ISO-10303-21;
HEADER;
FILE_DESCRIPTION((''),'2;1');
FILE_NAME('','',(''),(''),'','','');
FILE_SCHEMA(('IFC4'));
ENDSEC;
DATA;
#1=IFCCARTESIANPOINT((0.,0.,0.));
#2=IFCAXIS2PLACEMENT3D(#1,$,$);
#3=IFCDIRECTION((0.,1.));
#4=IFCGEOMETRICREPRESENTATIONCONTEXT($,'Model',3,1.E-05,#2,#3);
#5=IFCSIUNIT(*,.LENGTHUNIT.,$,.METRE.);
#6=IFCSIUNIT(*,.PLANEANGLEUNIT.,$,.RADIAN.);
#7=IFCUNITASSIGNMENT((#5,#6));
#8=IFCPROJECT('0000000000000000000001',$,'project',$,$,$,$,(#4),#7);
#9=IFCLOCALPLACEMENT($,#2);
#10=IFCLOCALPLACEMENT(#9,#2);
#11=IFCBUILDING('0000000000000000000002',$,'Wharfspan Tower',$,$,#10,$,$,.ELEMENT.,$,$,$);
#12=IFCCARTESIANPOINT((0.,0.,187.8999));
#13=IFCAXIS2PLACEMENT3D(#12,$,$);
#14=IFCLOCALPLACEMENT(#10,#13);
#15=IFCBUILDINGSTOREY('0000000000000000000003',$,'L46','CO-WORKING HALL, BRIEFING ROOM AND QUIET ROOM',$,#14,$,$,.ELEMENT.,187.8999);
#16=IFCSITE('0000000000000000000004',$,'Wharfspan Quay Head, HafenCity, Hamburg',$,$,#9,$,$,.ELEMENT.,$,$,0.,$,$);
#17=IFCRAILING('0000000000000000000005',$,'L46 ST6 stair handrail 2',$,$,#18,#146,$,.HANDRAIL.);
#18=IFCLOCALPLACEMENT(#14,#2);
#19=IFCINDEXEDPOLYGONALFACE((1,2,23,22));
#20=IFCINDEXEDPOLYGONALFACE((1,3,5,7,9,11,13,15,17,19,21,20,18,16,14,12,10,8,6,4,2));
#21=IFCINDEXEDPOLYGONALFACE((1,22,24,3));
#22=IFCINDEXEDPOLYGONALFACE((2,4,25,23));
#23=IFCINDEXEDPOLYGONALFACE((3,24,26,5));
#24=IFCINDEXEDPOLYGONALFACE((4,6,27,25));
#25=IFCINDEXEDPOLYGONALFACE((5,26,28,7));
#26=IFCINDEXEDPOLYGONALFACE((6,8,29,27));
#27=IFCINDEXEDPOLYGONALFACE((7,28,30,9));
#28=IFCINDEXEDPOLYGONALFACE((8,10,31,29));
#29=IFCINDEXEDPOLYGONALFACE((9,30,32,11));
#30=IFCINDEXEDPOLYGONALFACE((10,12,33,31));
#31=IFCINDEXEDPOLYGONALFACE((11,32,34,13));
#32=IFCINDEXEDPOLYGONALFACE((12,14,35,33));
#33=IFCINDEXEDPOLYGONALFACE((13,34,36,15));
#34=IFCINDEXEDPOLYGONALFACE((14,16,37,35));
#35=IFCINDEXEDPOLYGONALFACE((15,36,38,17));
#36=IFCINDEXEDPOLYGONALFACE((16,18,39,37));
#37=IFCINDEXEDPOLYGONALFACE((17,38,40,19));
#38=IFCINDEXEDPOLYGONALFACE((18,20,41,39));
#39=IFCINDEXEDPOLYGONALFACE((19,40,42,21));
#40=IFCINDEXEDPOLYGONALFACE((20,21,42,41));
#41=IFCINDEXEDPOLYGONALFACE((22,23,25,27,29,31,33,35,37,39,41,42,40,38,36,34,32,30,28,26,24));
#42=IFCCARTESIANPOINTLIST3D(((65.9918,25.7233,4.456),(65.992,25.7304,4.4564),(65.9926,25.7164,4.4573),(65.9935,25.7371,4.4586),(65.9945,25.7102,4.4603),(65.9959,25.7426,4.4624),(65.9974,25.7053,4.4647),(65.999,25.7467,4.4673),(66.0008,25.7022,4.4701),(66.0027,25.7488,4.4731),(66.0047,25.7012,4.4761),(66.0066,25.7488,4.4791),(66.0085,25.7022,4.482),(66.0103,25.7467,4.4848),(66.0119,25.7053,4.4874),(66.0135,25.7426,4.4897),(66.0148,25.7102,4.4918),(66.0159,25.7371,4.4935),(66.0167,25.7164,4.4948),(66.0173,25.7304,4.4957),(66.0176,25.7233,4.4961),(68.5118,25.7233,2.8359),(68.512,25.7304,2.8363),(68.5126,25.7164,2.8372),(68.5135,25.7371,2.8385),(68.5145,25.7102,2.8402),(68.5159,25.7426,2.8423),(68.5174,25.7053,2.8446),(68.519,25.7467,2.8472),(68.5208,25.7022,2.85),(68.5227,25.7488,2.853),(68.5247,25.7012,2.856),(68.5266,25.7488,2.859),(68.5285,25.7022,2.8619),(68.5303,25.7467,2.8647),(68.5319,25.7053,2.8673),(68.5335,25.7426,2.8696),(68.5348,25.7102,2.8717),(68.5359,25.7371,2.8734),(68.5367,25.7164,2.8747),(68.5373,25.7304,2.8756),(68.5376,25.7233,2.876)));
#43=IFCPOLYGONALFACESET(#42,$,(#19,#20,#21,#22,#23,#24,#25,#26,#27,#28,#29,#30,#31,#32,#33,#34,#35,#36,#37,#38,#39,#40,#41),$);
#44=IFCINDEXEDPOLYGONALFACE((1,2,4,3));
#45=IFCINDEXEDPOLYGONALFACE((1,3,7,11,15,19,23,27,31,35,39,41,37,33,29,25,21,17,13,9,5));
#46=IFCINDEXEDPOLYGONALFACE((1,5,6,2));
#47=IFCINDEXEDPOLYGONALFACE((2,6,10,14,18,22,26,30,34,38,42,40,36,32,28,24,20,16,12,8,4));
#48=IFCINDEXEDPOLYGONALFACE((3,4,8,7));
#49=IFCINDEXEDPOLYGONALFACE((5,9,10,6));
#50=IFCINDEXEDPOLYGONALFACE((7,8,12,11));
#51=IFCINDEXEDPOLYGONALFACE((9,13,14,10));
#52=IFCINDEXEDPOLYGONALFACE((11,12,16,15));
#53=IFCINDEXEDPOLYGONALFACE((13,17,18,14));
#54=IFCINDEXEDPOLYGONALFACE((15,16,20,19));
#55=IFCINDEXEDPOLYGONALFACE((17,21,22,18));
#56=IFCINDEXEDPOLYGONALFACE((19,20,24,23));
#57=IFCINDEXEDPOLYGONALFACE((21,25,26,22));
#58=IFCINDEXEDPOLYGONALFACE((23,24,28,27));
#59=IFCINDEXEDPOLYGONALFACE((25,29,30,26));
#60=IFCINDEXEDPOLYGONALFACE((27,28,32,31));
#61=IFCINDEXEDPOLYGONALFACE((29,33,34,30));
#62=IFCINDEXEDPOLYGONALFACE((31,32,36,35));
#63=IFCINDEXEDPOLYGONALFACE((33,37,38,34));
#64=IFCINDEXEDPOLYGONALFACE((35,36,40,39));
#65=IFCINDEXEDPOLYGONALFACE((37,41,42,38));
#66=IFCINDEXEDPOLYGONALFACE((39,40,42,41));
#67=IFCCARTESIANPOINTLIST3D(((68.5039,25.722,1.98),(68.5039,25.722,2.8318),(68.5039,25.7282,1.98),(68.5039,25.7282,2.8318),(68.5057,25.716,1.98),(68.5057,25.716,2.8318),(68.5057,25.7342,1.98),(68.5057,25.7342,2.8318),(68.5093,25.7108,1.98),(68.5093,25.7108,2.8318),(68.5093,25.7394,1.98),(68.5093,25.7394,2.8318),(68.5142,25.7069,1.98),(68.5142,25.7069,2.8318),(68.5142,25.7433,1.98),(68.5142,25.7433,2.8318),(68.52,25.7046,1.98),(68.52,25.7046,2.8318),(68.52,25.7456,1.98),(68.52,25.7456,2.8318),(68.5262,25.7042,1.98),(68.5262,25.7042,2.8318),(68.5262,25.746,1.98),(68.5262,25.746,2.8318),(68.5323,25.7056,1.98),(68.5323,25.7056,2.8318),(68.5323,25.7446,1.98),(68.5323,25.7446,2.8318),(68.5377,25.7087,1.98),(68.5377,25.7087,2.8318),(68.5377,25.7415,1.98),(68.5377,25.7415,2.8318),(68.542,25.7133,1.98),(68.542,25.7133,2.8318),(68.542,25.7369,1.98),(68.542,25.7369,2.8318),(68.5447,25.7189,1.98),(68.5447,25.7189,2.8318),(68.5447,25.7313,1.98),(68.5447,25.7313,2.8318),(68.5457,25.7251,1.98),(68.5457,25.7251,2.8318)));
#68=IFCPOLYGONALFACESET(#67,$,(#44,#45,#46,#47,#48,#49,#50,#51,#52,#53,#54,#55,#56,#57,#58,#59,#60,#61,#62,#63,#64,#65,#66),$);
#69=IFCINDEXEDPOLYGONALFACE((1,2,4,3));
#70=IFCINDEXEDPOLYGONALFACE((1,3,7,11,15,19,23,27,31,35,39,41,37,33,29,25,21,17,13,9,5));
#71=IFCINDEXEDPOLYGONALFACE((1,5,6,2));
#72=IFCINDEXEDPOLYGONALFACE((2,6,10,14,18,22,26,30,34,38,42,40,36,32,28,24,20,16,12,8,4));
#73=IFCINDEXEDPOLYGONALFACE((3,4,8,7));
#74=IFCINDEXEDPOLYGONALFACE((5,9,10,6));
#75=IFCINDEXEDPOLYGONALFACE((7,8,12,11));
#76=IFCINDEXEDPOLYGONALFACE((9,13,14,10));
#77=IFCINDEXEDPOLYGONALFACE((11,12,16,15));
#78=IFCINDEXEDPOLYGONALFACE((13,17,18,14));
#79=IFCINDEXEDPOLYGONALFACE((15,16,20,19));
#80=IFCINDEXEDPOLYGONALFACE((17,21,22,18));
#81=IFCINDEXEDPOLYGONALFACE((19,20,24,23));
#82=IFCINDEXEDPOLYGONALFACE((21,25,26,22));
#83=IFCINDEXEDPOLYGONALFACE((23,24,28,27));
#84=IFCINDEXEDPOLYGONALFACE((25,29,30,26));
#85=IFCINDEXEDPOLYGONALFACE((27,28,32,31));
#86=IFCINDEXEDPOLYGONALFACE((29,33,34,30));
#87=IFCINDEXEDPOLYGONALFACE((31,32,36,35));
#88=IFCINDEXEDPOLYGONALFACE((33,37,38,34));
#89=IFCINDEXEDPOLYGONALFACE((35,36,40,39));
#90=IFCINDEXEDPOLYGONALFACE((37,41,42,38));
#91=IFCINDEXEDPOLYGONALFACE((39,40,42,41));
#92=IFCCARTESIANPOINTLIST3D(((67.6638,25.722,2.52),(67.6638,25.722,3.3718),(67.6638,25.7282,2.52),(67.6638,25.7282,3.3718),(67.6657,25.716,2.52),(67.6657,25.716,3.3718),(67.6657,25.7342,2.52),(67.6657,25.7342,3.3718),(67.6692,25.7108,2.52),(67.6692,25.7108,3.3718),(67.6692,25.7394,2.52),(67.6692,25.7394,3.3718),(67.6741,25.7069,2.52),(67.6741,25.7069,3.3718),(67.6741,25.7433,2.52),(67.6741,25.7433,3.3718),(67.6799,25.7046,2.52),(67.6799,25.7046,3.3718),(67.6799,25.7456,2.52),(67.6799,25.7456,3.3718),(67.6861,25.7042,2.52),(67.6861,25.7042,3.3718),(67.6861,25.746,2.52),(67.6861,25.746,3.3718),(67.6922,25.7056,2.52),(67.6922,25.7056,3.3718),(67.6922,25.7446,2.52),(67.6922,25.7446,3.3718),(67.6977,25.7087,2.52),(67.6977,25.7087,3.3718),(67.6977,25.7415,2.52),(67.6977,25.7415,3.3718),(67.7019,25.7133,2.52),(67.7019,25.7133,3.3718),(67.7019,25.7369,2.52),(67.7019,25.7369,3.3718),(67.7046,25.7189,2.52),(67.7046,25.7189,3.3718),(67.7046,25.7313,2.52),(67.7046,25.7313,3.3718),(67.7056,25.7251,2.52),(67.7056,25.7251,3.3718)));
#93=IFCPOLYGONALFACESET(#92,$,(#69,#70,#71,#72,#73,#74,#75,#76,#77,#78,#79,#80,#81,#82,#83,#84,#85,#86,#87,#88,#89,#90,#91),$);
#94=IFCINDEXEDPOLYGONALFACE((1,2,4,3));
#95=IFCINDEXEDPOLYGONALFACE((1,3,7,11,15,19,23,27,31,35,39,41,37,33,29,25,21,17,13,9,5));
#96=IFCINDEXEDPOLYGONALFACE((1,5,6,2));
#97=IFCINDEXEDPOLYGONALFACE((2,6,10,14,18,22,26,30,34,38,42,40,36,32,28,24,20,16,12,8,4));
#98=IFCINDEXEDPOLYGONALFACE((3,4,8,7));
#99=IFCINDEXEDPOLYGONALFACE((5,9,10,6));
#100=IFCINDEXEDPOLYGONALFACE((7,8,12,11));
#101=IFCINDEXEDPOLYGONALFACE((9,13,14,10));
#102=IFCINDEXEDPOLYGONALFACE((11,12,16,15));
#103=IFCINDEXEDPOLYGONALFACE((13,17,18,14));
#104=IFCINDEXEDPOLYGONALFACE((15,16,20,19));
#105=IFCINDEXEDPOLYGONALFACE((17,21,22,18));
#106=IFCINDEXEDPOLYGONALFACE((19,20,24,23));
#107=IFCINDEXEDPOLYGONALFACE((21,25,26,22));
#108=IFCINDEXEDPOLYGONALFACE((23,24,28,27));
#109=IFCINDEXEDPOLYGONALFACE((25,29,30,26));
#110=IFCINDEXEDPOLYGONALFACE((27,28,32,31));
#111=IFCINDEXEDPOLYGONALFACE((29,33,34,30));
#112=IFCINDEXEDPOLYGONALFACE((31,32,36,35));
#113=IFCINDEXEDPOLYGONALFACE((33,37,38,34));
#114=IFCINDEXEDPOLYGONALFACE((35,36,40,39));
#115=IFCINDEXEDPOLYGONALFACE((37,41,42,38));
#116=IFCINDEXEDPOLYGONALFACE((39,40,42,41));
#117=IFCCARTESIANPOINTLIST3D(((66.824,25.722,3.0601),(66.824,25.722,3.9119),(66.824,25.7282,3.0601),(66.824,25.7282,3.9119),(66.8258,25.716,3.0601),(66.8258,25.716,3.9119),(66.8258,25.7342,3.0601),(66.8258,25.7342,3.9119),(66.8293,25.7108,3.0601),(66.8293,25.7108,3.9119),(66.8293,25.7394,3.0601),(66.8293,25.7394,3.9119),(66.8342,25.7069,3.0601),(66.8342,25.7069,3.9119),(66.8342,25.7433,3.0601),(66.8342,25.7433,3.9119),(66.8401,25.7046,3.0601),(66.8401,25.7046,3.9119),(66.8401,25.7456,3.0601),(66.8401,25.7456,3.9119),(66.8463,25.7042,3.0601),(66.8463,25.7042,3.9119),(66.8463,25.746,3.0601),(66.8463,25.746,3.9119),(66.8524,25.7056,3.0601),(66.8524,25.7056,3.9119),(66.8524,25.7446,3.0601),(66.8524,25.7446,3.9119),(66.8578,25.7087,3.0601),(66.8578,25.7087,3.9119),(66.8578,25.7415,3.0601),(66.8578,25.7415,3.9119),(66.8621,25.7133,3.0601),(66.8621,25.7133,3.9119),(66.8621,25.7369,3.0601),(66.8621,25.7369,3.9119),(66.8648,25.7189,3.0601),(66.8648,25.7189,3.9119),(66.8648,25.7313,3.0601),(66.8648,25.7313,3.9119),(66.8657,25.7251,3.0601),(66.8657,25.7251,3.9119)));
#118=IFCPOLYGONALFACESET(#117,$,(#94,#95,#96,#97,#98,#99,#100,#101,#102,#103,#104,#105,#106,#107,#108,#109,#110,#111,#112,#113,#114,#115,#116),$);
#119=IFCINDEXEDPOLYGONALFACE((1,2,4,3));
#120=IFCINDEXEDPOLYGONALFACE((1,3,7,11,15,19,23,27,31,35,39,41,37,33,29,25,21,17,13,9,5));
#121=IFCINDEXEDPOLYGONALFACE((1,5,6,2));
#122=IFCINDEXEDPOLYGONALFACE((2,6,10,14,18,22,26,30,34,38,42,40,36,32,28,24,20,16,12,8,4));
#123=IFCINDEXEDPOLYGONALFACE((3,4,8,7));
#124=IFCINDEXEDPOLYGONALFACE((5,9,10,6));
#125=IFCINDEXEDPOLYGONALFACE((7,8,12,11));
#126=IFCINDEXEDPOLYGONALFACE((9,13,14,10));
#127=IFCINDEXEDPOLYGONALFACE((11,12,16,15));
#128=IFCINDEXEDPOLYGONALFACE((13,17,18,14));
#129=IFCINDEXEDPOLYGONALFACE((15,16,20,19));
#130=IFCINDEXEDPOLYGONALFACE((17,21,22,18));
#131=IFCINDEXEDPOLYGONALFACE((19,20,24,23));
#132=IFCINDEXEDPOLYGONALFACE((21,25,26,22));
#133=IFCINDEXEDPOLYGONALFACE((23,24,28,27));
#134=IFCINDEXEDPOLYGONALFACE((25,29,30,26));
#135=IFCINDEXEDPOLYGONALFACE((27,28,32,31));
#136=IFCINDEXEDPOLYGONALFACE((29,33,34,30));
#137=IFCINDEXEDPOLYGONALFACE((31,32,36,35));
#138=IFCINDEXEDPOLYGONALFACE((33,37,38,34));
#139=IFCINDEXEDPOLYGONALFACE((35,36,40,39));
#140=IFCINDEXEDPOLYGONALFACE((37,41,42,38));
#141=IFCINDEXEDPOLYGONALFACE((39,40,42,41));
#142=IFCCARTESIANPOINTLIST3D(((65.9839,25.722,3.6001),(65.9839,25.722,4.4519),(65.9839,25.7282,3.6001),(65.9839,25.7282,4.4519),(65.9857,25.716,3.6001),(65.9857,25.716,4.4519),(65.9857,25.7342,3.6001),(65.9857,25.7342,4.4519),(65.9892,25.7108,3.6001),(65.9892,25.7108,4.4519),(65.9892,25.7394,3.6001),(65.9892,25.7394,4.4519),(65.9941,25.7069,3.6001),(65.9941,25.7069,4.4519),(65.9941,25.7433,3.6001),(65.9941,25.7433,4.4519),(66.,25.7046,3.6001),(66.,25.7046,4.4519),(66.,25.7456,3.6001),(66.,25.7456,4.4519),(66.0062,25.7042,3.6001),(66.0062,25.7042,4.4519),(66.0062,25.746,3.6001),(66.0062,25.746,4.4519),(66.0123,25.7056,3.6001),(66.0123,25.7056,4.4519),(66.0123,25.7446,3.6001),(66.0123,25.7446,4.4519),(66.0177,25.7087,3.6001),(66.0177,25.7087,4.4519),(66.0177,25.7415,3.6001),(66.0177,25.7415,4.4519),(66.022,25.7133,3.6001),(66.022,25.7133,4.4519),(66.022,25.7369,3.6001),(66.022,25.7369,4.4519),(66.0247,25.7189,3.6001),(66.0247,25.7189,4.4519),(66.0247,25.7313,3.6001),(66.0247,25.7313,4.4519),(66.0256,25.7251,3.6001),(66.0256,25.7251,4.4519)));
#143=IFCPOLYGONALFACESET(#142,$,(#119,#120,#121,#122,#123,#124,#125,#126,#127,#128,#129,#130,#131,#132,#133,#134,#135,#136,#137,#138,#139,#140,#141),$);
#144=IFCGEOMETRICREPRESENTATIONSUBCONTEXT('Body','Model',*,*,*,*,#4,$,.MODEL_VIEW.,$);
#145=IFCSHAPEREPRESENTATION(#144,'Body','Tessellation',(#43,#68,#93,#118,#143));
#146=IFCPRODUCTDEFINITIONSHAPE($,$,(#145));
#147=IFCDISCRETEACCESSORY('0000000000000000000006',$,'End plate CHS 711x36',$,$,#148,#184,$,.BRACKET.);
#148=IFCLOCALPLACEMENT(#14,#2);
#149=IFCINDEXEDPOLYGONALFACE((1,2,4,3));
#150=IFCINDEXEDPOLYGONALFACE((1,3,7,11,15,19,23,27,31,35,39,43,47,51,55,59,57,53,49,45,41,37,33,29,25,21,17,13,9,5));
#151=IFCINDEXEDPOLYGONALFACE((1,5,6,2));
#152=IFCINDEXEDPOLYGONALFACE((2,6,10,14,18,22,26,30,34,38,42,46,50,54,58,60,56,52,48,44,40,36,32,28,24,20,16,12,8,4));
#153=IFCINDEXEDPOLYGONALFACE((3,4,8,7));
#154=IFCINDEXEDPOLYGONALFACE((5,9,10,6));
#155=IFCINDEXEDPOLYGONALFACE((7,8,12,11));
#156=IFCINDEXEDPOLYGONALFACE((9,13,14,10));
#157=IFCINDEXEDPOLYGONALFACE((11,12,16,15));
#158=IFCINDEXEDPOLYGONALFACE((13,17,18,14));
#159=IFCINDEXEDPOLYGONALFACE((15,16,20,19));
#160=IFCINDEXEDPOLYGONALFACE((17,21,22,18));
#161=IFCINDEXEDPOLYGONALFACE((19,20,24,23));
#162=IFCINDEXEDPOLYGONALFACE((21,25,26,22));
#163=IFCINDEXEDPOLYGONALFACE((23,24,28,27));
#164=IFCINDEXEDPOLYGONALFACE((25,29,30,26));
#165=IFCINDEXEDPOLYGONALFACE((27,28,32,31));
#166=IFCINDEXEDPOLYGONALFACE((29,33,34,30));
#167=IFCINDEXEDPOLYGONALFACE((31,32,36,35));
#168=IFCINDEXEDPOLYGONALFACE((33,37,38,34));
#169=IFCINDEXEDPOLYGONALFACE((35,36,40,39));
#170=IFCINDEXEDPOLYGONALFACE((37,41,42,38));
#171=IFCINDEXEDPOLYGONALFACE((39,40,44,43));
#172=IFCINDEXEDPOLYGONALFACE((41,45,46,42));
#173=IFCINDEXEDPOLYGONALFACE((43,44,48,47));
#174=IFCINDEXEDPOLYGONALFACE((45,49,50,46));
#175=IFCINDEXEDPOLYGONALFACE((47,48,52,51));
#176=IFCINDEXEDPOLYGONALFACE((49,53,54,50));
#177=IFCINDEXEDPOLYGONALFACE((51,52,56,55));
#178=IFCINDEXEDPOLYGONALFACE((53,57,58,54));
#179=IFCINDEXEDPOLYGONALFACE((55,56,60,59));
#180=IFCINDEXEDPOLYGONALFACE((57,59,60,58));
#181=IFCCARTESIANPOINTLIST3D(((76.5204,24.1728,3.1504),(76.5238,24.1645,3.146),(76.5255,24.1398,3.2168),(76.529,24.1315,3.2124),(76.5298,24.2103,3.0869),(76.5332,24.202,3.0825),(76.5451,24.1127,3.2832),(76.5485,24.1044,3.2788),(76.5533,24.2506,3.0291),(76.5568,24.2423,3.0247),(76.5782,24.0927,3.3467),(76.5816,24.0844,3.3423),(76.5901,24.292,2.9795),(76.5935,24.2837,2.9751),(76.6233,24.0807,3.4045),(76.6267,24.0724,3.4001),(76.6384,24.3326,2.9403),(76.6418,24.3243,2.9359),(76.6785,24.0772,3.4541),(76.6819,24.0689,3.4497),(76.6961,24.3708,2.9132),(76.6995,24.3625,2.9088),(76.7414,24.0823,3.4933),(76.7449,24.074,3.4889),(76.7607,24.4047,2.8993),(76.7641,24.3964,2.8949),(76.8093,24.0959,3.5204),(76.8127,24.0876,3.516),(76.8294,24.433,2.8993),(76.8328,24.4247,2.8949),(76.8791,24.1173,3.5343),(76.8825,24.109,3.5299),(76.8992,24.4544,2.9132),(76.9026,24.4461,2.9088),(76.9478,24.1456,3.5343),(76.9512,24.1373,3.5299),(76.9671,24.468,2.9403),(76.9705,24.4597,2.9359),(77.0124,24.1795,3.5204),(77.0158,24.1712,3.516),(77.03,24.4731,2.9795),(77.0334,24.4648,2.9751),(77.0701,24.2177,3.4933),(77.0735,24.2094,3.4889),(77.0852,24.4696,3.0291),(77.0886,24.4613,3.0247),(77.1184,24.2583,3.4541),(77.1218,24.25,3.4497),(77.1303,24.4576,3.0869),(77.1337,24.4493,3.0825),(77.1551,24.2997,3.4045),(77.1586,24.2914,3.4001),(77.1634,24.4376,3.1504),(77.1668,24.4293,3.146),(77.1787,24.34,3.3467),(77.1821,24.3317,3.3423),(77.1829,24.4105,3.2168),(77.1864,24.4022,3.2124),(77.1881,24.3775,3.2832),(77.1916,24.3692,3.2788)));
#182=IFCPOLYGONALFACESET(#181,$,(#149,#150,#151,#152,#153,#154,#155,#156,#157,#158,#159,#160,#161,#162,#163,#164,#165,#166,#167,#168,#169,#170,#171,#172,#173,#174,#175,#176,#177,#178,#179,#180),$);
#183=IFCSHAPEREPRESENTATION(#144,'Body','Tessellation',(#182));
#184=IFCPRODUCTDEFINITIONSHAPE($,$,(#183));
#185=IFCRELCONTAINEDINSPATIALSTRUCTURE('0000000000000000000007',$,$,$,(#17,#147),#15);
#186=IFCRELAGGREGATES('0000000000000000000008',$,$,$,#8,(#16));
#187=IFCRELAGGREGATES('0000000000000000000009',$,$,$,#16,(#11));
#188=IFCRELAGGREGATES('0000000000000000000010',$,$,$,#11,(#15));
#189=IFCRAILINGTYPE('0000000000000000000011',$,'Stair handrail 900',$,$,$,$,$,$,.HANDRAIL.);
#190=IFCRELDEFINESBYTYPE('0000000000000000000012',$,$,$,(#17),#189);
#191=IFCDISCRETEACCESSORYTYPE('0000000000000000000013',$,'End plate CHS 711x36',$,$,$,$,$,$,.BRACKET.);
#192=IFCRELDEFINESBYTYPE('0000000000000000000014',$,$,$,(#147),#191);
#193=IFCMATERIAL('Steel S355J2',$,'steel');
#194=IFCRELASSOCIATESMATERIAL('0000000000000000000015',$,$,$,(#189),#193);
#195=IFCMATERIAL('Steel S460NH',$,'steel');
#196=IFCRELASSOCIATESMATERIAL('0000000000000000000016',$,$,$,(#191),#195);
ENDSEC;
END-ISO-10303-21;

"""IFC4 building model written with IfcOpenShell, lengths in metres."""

from ifc_helpers import new_model, si_unit, direction, frame, origin, origin_2d, place, context, subcontext, project, spatial, circle, extrude, material, material_profile, profile_set, type_object, element, save


model = new_model("IFC4")

# Units and contexts
model_context = context("Model", 3, precision=1e-05, world=origin(), true_north=direction((0.0, 1.0)))
body_context = subcontext(model_context, "Body", "Model", "MODEL_VIEW")
ifc_project = project(units=[si_unit("LENGTHUNIT", "METRE"), si_unit("PLANEANGLEUNIT", "RADIAN")], contexts=[model_context])

# Site, building, storey
site_placement = place(None, origin())
site = spatial("IfcSite", under=ifc_project, at=site_placement, Name="Wharfspan Quay Head, HafenCity, Hamburg", CompositionType="ELEMENT", RefElevation=0.0)
building_placement = place(site_placement, origin())
building = spatial("IfcBuilding", under=site, at=building_placement, Name="Wharfspan Tower", CompositionType="ELEMENT")
storey_placement = place(building_placement, frame((0.0, 0.0, 187.8999)))
storey = spatial("IfcBuildingStorey", under=building, at=storey_placement, Name="L46", Description="CO-WORKING HALL, BRIEFING ROOM AND QUIET ROOM", CompositionType="ELEMENT", Elevation=187.8999)

# Shared definitions
ifc_material_1 = material(Name="Steel S355J2", Category="steel")

# Shared definitions
ifc_material_2 = material(Name="Steel S460NH", Category="steel")

# Railing
railing_type_1 = type_object("IfcRailingType", Name="Stair handrail 900", PredefinedType="HANDRAIL", material=ifc_material_1)
railing_1_placement = place(storey_placement, frame((68.5247, 25.7251, 1.98)))
element("IfcRailing", 1, at=railing_1_placement, inside=storey, type_object=railing_type_1, Name="L46 ST6 stair handrail 2", PredefinedType="HANDRAIL", context=body_context, shape_type="SweptSolid", body=[
    extrude(circle(Radius=0.0239, at=origin_2d()), frame((0.0, 0.0, 0.876), z_axis=(-0.841163, 0.0, 0.540782), x_axis=(0.0, -1.0, 0.0)), (0.0, 0.0, 1.0), 2.9958),
    extrude(circle(Radius=0.021, at=origin_2d()), origin(), (0.0, 0.0, 1.0), 0.8518),
    extrude(circle(Radius=0.021, at=origin_2d()), frame((-0.8401, 0.0, 0.54)), (0.0, 0.0, 1.0), 0.8518),
    extrude(circle(Radius=0.021, at=origin_2d()), frame((-1.6799, 0.0, 1.0801)), (0.0, 0.0, 1.0), 0.8518),
    extrude(circle(Radius=0.021, at=origin_2d()), frame((-2.52, 0.0, 1.6201)), (0.0, 0.0, 1.0), 0.8518),
])

# Discrete accessory
ifc_material_profile_1 = material_profile(ifc_material_2, circle(Radius=0.3555, at=origin_2d()))
ifc_profile_set_1 = profile_set([ifc_material_profile_1], Name="Steel S460NH")
discrete_accessory_type = type_object("IfcDiscreteAccessoryType", Name="End plate CHS 711x36", PredefinedType="BRACKET", material=ifc_profile_set_1)
for number, where, z_axis, x_axis, name in (
    (2, (76.8577, 24.2668, 3.2124), (-0.341972, 0.830504, 0.439679), (-0.924678, -0.380749, -0.000001), "End plate CHS 711x36"),
):
    element("IfcDiscreteAccessory", number, at=place(storey_placement, frame(where, z_axis=z_axis, x_axis=x_axis)), inside=storey, type_object=discrete_accessory_type, Name=name, PredefinedType="BRACKET", context=body_context, shape_type="SweptSolid", body=[
        extrude(circle(Radius=0.3555, at=origin_2d()), origin(), (0.0, 0.0, 1.0), 0.01),
    ])

save(model, "model.ifc")
